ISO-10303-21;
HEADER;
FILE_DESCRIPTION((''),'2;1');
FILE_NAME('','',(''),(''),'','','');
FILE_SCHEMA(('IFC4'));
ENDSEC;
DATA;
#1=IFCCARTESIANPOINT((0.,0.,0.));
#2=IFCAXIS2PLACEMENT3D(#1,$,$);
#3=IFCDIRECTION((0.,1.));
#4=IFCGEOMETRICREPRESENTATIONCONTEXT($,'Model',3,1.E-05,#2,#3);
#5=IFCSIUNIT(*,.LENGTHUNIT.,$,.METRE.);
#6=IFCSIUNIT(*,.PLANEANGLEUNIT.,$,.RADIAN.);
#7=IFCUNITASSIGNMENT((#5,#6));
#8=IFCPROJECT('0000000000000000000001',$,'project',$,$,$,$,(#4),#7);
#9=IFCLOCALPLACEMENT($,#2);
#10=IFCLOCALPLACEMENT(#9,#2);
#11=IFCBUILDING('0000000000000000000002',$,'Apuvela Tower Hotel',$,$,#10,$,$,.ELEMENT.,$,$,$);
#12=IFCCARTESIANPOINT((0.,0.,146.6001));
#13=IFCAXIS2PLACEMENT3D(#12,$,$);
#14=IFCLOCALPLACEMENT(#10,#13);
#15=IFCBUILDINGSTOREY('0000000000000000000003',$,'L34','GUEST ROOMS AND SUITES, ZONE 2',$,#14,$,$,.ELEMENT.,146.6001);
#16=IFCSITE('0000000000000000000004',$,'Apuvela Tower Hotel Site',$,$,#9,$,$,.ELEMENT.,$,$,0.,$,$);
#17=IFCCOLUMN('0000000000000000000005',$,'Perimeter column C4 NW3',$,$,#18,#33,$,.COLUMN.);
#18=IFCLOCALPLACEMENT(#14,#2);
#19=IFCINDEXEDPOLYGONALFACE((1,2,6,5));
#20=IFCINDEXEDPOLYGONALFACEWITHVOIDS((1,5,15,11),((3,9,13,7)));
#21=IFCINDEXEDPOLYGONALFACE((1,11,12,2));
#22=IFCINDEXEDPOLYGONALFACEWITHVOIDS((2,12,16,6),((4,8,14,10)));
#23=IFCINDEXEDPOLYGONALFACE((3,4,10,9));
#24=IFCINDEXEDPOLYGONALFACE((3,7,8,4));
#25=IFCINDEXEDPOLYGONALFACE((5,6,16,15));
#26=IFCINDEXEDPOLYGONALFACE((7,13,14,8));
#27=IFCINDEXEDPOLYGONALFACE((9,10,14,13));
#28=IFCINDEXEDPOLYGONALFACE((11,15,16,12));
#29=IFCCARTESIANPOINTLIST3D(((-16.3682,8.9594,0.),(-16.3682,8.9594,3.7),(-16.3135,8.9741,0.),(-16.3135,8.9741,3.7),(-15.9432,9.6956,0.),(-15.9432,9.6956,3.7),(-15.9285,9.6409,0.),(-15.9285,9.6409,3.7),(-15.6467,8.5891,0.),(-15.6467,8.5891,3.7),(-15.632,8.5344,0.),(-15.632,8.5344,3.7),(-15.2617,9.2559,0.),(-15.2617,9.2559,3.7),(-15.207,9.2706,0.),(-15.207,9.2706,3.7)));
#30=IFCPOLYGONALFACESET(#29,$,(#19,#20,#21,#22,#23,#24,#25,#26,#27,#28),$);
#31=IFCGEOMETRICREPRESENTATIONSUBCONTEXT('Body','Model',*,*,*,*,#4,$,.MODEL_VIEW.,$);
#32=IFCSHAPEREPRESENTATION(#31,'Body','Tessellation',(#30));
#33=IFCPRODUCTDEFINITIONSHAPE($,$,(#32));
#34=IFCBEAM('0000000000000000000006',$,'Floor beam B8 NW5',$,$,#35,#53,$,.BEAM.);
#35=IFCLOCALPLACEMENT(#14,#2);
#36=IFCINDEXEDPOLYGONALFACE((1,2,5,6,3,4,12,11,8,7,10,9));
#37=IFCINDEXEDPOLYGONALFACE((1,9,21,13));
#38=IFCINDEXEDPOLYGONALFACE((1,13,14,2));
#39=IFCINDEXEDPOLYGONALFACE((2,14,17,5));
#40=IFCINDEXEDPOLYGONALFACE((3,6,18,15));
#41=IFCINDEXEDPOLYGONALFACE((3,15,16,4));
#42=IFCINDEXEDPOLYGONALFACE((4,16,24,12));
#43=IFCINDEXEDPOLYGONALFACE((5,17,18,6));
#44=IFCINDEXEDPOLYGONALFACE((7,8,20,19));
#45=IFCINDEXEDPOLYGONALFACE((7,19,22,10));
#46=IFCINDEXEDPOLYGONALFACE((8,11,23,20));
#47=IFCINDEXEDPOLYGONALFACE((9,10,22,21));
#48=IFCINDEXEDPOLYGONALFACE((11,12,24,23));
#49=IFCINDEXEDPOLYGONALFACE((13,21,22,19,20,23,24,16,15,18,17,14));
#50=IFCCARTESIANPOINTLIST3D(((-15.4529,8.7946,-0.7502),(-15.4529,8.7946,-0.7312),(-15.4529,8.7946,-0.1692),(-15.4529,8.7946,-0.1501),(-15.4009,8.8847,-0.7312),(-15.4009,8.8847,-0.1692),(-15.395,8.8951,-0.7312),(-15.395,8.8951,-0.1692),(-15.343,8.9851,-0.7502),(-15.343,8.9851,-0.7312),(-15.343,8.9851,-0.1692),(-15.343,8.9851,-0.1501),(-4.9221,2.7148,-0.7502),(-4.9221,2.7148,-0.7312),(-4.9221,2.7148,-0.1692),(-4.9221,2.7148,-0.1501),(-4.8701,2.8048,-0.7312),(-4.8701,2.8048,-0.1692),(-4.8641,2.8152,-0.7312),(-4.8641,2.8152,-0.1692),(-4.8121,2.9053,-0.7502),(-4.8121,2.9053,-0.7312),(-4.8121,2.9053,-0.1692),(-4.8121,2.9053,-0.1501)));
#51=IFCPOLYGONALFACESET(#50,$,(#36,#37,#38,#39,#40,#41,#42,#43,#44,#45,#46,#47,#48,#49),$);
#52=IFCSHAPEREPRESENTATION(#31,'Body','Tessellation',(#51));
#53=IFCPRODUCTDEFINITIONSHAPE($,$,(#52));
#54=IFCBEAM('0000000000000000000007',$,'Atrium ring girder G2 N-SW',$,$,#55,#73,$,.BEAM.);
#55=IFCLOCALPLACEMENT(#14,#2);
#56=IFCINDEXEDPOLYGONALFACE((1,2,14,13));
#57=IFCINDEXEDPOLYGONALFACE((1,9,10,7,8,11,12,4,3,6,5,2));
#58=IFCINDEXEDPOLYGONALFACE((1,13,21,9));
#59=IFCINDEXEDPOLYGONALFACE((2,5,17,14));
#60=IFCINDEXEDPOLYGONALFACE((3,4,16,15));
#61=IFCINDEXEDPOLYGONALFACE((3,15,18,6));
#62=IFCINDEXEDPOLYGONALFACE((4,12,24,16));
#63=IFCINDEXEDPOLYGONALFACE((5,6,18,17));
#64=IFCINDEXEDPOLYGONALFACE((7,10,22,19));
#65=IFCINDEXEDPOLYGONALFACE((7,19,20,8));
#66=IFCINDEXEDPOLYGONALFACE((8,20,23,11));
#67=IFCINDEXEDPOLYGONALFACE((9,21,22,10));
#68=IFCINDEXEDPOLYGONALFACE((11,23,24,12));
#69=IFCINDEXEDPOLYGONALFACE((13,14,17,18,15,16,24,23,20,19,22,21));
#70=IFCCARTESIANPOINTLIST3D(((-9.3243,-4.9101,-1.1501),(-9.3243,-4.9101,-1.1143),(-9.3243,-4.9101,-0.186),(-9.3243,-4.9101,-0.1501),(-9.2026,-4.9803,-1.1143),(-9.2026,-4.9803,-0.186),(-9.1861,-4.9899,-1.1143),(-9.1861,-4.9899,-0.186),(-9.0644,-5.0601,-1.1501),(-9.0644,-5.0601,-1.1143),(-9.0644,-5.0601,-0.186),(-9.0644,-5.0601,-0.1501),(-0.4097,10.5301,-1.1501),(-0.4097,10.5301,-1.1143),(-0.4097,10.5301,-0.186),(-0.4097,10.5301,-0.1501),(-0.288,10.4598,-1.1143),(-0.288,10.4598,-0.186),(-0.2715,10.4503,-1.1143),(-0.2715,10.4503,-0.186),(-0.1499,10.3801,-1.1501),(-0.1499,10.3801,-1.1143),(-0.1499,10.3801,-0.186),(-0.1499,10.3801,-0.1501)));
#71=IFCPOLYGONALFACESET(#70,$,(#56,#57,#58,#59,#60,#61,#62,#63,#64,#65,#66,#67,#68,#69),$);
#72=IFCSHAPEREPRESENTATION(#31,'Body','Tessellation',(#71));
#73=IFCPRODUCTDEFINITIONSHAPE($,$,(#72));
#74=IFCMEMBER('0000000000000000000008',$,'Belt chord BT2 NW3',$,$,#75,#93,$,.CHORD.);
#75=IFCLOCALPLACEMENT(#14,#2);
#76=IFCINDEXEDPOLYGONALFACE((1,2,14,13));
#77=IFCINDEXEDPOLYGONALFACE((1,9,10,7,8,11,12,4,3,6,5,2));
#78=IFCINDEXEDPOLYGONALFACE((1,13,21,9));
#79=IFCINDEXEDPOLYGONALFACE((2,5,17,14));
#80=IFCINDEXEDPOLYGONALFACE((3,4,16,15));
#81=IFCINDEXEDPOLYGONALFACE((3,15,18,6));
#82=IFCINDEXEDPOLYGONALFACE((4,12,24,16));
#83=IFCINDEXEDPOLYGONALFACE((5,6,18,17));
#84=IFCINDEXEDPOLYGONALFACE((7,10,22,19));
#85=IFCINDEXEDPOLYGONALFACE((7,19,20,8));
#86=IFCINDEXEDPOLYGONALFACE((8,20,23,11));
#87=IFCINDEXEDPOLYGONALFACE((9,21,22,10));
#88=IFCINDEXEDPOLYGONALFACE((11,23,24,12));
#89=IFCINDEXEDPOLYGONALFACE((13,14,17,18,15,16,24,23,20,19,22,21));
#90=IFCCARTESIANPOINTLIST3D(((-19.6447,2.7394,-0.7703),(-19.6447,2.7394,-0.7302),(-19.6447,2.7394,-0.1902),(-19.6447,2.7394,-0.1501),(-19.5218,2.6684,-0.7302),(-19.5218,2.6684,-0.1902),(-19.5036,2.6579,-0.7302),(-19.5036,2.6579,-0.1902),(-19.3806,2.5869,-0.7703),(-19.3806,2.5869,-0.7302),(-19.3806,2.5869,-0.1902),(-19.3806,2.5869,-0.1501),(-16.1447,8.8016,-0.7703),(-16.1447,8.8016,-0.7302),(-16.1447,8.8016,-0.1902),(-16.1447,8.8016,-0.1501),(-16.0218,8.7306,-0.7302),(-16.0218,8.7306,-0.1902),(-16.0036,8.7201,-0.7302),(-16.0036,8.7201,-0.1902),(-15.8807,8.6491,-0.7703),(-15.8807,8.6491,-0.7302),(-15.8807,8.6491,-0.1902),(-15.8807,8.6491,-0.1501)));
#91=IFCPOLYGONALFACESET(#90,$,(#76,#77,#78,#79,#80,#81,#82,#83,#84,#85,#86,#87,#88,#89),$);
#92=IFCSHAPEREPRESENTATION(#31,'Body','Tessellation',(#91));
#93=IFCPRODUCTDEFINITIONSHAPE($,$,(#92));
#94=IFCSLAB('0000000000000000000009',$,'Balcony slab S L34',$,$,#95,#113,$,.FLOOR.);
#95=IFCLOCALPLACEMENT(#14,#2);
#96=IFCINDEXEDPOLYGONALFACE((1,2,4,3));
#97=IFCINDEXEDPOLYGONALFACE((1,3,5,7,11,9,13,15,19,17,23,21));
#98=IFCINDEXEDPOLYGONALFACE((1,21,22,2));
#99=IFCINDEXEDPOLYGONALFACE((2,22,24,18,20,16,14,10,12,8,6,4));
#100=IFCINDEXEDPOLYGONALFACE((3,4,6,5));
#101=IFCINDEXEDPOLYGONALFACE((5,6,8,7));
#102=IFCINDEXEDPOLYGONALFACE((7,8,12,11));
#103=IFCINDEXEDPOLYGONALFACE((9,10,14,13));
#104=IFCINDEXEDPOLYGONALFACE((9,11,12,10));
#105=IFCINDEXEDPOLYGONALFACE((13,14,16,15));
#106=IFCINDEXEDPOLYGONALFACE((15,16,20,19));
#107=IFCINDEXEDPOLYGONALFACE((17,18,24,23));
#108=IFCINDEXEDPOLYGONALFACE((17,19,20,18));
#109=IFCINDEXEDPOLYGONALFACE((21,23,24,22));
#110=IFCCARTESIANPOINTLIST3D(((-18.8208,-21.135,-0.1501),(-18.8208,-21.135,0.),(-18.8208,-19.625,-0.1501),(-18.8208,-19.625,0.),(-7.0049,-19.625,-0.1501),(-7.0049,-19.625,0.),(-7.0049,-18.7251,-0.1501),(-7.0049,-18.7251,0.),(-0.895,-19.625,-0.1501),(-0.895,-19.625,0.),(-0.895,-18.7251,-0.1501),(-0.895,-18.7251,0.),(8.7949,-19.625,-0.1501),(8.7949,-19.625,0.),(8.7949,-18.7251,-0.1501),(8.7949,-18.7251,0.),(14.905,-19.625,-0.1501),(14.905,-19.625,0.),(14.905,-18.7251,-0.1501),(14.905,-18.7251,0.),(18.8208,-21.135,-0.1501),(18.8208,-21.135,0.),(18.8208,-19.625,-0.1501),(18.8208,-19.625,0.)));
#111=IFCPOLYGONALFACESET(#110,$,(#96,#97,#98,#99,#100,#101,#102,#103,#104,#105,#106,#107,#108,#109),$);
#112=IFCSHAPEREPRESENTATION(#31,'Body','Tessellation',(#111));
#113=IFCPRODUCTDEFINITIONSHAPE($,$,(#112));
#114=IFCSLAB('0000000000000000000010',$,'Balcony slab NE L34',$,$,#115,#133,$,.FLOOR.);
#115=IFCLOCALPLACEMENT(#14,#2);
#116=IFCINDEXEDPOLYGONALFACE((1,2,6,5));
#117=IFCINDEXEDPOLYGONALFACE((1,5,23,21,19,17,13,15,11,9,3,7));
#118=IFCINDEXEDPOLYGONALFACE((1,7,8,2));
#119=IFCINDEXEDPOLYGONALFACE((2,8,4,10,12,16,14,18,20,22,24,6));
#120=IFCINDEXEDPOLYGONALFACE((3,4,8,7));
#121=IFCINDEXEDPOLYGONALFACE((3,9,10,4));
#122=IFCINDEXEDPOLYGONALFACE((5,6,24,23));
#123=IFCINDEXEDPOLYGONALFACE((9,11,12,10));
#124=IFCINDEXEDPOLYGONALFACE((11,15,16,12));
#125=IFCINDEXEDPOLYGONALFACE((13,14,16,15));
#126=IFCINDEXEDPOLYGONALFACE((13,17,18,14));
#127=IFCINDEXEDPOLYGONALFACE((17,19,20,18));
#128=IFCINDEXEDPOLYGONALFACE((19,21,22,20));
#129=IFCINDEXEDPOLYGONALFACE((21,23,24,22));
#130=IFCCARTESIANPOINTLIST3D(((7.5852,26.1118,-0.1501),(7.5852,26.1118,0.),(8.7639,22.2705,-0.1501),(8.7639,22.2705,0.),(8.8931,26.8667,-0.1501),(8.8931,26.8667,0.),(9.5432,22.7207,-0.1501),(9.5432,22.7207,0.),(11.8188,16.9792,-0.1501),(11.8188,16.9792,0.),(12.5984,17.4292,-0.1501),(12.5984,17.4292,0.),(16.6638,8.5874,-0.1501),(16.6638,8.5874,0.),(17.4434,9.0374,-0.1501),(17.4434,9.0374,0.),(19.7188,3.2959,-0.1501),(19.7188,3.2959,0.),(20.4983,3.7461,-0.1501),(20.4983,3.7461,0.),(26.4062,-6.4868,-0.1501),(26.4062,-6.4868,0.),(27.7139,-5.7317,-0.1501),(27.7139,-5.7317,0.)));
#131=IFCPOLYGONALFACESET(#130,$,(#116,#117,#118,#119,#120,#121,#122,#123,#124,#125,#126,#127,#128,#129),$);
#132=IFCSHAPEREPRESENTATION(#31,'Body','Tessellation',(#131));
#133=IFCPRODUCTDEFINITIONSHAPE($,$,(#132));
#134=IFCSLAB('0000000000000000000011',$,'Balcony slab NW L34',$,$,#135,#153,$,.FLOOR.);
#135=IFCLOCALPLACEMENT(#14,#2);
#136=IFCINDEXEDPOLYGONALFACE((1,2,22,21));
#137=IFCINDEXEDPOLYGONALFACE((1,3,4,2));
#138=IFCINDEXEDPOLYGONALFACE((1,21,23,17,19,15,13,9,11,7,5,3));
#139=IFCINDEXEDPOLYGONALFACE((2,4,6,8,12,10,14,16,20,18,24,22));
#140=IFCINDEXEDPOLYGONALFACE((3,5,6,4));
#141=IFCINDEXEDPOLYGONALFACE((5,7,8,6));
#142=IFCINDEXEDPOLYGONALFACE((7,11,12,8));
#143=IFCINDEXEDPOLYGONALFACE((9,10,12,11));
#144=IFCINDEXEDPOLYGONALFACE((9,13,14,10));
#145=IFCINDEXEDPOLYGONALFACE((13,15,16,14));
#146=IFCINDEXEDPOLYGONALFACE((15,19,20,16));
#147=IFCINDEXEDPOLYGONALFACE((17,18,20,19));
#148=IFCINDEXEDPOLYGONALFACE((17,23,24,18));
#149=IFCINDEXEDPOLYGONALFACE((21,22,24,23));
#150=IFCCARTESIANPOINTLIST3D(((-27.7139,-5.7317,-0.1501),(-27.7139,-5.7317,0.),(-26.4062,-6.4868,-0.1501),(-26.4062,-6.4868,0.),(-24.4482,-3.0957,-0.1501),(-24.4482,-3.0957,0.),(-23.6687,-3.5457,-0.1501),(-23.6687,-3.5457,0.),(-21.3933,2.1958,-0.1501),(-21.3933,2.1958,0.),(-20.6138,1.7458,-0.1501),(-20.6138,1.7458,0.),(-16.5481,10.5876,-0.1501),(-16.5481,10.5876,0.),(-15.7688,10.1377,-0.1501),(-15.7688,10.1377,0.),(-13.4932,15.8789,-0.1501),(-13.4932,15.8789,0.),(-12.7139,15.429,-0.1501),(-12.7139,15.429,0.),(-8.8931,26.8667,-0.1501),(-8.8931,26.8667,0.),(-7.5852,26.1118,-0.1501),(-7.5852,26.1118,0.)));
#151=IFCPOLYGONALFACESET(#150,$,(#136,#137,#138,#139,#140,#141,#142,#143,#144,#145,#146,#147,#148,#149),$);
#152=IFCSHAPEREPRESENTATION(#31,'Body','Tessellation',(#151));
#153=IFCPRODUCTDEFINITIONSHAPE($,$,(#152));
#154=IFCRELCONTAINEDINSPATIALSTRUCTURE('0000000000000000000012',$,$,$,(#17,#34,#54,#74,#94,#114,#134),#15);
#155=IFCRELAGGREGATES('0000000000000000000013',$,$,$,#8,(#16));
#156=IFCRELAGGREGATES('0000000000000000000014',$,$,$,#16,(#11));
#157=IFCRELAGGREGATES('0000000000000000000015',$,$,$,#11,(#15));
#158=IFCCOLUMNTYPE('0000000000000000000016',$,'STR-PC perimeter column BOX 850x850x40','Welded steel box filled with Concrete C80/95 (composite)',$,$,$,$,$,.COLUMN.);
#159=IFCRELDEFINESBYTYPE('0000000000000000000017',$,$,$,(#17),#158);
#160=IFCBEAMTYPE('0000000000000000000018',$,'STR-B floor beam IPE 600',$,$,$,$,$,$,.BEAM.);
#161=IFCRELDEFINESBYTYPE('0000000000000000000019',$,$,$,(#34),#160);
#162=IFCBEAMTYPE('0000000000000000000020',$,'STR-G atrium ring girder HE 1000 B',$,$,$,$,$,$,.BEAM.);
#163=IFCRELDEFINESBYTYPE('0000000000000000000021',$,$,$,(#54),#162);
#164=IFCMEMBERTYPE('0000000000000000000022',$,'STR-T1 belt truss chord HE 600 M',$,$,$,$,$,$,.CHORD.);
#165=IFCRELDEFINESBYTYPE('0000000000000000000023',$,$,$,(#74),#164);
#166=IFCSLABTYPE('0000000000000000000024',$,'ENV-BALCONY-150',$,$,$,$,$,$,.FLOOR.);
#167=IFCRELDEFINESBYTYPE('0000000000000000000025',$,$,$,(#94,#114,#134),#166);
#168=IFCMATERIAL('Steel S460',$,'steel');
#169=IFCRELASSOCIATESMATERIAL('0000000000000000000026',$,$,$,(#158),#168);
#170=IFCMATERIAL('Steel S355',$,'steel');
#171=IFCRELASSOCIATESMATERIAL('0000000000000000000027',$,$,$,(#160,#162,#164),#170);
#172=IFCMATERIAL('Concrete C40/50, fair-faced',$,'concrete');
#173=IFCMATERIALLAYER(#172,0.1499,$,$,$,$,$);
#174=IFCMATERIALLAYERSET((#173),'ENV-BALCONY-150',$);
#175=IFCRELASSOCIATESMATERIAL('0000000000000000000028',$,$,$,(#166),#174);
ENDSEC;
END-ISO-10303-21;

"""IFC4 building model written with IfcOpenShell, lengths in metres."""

from ifc_helpers import new_model, si_unit, direction, frame, origin, origin_2d, place, context, subcontext, project, spatial, polyline, rectangle, hollow_rectangle, i_section, outline, extrude, material, layer, layer_set, material_profile, profile_set, type_object, element, save


model = new_model("IFC4")

# Units and contexts
model_context = context("Model", 3, precision=1e-05, world=origin(), true_north=direction((0.0, 1.0)))
body_context = subcontext(model_context, "Body", "Model", "MODEL_VIEW")
ifc_project = project(units=[si_unit("LENGTHUNIT", "METRE"), si_unit("PLANEANGLEUNIT", "RADIAN")], contexts=[model_context])

# Site, building, storey
site_placement = place(None, origin())
site = spatial("IfcSite", under=ifc_project, at=site_placement, Name="Apuvela Tower Hotel Site", CompositionType="ELEMENT", RefElevation=0.0)
building_placement = place(site_placement, origin())
building = spatial("IfcBuilding", under=site, at=building_placement, Name="Apuvela Tower Hotel", CompositionType="ELEMENT")
storey_placement = place(building_placement, frame((0.0, 0.0, 146.6001)))
storey = spatial("IfcBuildingStorey", under=building, at=storey_placement, Name="L34", Description="GUEST ROOMS AND SUITES, ZONE 2", CompositionType="ELEMENT", Elevation=146.6001)

# Column
ifc_material_1 = material(Name="Steel S460", Category="steel")
ifc_material_profile_1 = material_profile(ifc_material_1, hollow_rectangle(XDim=0.8501, YDim=0.8501, WallThickness=0.04, at=origin_2d()), Name="BOX 850x850x40")
ifc_material_2 = material(Name="Concrete C80/95", Category="concrete")
ifc_material_profile_2 = material_profile(ifc_material_2, rectangle(XDim=0.77, YDim=0.77, at=origin_2d()), Name="Concrete C80/95 infill")
ifc_profile_set_1 = profile_set([ifc_material_profile_1, ifc_material_profile_2], Name="Steel S460")
column_type = type_object("IfcColumnType", Name="STR-PC perimeter column BOX 850x850x40", Description="Welded steel box filled with Concrete C80/95 (composite)", PredefinedType="COLUMN", material=ifc_profile_set_1)
column_placement = place(storey_placement, frame((-15.7876, 9.115, 0.0), z_axis=(0.0, 0.0, 1.0), x_axis=(0.5, 0.866025, 0.0)))
element("IfcColumn", 1, at=column_placement, inside=storey, type_object=column_type, Name="Perimeter column C4 NW3", PredefinedType="COLUMN", context=body_context, shape_type="SweptSolid", body=[
    extrude(hollow_rectangle(XDim=0.8501, YDim=0.8501, WallThickness=0.04, at=origin_2d()), origin(), (0.0, 0.0, 1.0), 3.7),
])

# Beams
ifc_material_3 = material(Name="Steel S355", Category="steel")
ifc_material_profile_3 = material_profile(ifc_material_3, i_section(OverallWidth=0.22, OverallDepth=0.6001, WebThickness=0.012, FlangeThickness=0.019, at=origin_2d()), Name="IPE 600")
ifc_profile_set_2 = profile_set([ifc_material_profile_3], Name="Steel S355")
beam_type_1 = type_object("IfcBeamType", Name="STR-B floor beam IPE 600", PredefinedType="BEAM", material=ifc_profile_set_2)
beam_1_placement = place(storey_placement, frame((-15.3979, 8.8899, -0.4502), z_axis=(0.866029, -0.499994, 0.0), x_axis=(0.499994, 0.866029, 0.0)))
element("IfcBeam", 2, at=beam_1_placement, inside=storey, type_object=beam_type_1, Name="Floor beam B8 NW5", PredefinedType="BEAM", context=body_context, shape_type="SweptSolid", body=[
    extrude(i_section(OverallWidth=0.22, OverallDepth=0.6001, WebThickness=0.012, FlangeThickness=0.019, at=origin_2d()), origin(), (0.0, 0.0, 1.0), 12.1599),
])
ifc_material_profile_4 = material_profile(ifc_material_3, i_section(OverallWidth=0.3, OverallDepth=1.0, WebThickness=0.019, FlangeThickness=0.0359, at=origin_2d()), Name="HE 1000 B")
ifc_profile_set_3 = profile_set([ifc_material_profile_4], Name="Steel S355")
beam_type_2 = type_object("IfcBeamType", Name="STR-G atrium ring girder HE 1000 B", PredefinedType="BEAM", material=ifc_profile_set_3)
beam_2_placement = place(storey_placement, frame((-0.2798, 10.4551, -0.6501), z_axis=(-0.500007, -0.866022, 0.0), x_axis=(0.866022, -0.500007, 0.0)))
element("IfcBeam", 3, at=beam_2_placement, inside=storey, type_object=beam_type_2, Name="Atrium ring girder G2 N-SW", PredefinedType="BEAM", context=body_context, shape_type="SweptSolid", body=[
    extrude(i_section(OverallWidth=0.3, OverallDepth=1.0, WebThickness=0.019, FlangeThickness=0.0359, at=origin_2d()), origin(), (0.0, 0.0, 1.0), 17.8289),
])

# Member
ifc_material_profile_5 = material_profile(ifc_material_3, i_section(OverallWidth=0.3049, OverallDepth=0.6201, WebThickness=0.021, FlangeThickness=0.04, at=origin_2d()), Name="HE 600 M")
ifc_profile_set_4 = profile_set([ifc_material_profile_5], Name="Steel S355")
member_type = type_object("IfcMemberType", Name="STR-T1 belt truss chord HE 600 M", PredefinedType="CHORD", material=ifc_profile_set_4)
member_placement = place(storey_placement, frame((-16.0127, 8.7253, -0.4602), z_axis=(-0.499995, -0.866028, 0.0), x_axis=(0.866028, -0.499995, 0.0)))
element("IfcMember", 4, at=member_placement, inside=storey, type_object=member_type, Name="Belt chord BT2 NW3", PredefinedType="CHORD", context=body_context, shape_type="SweptSolid", body=[
    extrude(i_section(OverallWidth=0.3049, OverallDepth=0.6201, WebThickness=0.021, FlangeThickness=0.04, at=origin_2d()), origin(), (0.0, 0.0, 1.0), 7.0),
])

# Slabs
ifc_material_4 = material(Name="Concrete C40/50, fair-faced", Category="concrete")
ifc_layer_1 = layer(ifc_material_4, 0.1499)
ifc_layer_set_1 = layer_set([ifc_layer_1], Name="ENV-BALCONY-150")
slab_type_1 = type_object("IfcSlabType", Name="ENV-BALCONY-150", PredefinedType="FLOOR", material=ifc_layer_set_1)
slab_1_placement = place(storey_placement, frame((0.0, 0.0, -0.1501)))
element("IfcSlab", 5, at=slab_1_placement, inside=storey, type_object=slab_type_1, Name="Balcony slab S L34", PredefinedType="FLOOR", context=body_context, shape_type="SweptSolid", body=[
    extrude(outline(polyline([(18.8208, -21.135), (-18.8208, -21.135), (-18.8208, -19.625), (-7.0049, -19.625), (-7.0049, -18.7251), (-0.895, -18.7251), (-0.895, -19.625), (8.7949, -19.625), (8.7949, -18.7251), (14.905, -18.7251), (14.905, -19.625), (18.8208, -19.625), (18.8208, -21.135)])), origin(), (0.0, 0.0, 1.0), 0.1501),
])
slab_2_placement = place(storey_placement, frame((0.0, 0.0, -0.1501)))
element("IfcSlab", 6, at=slab_2_placement, inside=storey, type_object=slab_type_1, Name="Balcony slab NE L34", PredefinedType="FLOOR", context=body_context, shape_type="SweptSolid", body=[
    extrude(outline(polyline([(17.4434, 9.0374), (12.5984, 17.4292), (11.8188, 16.9792), (8.7639, 22.2705), (9.5432, 22.7207), (7.5852, 26.1118), (8.8931, 26.8667), (27.7139, -5.7317), (26.4062, -6.4868), (20.4983, 3.7461), (19.7188, 3.2959), (16.6638, 8.5874), (17.4434, 9.0374)])), origin(), (0.0, 0.0, 1.0), 0.1501),
])
slab_3_placement = place(storey_placement, frame((0.0, 0.0, -0.1501)))
element("IfcSlab", 7, at=slab_3_placement, inside=storey, type_object=slab_type_1, Name="Balcony slab NW L34", PredefinedType="FLOOR", context=body_context, shape_type="SweptSolid", body=[
    extrude(outline(polyline([(-27.7139, -5.7317), (-8.8931, 26.8667), (-7.5852, 26.1118), (-13.4932, 15.8789), (-12.7139, 15.429), (-15.7688, 10.1377), (-16.5481, 10.5876), (-21.3933, 2.1958), (-20.6138, 1.7458), (-23.6687, -3.5457), (-24.4482, -3.0957), (-26.4062, -6.4868), (-27.7139, -5.7317)])), origin(), (0.0, 0.0, 1.0), 0.1501),
])

save(model, "model.ifc")
